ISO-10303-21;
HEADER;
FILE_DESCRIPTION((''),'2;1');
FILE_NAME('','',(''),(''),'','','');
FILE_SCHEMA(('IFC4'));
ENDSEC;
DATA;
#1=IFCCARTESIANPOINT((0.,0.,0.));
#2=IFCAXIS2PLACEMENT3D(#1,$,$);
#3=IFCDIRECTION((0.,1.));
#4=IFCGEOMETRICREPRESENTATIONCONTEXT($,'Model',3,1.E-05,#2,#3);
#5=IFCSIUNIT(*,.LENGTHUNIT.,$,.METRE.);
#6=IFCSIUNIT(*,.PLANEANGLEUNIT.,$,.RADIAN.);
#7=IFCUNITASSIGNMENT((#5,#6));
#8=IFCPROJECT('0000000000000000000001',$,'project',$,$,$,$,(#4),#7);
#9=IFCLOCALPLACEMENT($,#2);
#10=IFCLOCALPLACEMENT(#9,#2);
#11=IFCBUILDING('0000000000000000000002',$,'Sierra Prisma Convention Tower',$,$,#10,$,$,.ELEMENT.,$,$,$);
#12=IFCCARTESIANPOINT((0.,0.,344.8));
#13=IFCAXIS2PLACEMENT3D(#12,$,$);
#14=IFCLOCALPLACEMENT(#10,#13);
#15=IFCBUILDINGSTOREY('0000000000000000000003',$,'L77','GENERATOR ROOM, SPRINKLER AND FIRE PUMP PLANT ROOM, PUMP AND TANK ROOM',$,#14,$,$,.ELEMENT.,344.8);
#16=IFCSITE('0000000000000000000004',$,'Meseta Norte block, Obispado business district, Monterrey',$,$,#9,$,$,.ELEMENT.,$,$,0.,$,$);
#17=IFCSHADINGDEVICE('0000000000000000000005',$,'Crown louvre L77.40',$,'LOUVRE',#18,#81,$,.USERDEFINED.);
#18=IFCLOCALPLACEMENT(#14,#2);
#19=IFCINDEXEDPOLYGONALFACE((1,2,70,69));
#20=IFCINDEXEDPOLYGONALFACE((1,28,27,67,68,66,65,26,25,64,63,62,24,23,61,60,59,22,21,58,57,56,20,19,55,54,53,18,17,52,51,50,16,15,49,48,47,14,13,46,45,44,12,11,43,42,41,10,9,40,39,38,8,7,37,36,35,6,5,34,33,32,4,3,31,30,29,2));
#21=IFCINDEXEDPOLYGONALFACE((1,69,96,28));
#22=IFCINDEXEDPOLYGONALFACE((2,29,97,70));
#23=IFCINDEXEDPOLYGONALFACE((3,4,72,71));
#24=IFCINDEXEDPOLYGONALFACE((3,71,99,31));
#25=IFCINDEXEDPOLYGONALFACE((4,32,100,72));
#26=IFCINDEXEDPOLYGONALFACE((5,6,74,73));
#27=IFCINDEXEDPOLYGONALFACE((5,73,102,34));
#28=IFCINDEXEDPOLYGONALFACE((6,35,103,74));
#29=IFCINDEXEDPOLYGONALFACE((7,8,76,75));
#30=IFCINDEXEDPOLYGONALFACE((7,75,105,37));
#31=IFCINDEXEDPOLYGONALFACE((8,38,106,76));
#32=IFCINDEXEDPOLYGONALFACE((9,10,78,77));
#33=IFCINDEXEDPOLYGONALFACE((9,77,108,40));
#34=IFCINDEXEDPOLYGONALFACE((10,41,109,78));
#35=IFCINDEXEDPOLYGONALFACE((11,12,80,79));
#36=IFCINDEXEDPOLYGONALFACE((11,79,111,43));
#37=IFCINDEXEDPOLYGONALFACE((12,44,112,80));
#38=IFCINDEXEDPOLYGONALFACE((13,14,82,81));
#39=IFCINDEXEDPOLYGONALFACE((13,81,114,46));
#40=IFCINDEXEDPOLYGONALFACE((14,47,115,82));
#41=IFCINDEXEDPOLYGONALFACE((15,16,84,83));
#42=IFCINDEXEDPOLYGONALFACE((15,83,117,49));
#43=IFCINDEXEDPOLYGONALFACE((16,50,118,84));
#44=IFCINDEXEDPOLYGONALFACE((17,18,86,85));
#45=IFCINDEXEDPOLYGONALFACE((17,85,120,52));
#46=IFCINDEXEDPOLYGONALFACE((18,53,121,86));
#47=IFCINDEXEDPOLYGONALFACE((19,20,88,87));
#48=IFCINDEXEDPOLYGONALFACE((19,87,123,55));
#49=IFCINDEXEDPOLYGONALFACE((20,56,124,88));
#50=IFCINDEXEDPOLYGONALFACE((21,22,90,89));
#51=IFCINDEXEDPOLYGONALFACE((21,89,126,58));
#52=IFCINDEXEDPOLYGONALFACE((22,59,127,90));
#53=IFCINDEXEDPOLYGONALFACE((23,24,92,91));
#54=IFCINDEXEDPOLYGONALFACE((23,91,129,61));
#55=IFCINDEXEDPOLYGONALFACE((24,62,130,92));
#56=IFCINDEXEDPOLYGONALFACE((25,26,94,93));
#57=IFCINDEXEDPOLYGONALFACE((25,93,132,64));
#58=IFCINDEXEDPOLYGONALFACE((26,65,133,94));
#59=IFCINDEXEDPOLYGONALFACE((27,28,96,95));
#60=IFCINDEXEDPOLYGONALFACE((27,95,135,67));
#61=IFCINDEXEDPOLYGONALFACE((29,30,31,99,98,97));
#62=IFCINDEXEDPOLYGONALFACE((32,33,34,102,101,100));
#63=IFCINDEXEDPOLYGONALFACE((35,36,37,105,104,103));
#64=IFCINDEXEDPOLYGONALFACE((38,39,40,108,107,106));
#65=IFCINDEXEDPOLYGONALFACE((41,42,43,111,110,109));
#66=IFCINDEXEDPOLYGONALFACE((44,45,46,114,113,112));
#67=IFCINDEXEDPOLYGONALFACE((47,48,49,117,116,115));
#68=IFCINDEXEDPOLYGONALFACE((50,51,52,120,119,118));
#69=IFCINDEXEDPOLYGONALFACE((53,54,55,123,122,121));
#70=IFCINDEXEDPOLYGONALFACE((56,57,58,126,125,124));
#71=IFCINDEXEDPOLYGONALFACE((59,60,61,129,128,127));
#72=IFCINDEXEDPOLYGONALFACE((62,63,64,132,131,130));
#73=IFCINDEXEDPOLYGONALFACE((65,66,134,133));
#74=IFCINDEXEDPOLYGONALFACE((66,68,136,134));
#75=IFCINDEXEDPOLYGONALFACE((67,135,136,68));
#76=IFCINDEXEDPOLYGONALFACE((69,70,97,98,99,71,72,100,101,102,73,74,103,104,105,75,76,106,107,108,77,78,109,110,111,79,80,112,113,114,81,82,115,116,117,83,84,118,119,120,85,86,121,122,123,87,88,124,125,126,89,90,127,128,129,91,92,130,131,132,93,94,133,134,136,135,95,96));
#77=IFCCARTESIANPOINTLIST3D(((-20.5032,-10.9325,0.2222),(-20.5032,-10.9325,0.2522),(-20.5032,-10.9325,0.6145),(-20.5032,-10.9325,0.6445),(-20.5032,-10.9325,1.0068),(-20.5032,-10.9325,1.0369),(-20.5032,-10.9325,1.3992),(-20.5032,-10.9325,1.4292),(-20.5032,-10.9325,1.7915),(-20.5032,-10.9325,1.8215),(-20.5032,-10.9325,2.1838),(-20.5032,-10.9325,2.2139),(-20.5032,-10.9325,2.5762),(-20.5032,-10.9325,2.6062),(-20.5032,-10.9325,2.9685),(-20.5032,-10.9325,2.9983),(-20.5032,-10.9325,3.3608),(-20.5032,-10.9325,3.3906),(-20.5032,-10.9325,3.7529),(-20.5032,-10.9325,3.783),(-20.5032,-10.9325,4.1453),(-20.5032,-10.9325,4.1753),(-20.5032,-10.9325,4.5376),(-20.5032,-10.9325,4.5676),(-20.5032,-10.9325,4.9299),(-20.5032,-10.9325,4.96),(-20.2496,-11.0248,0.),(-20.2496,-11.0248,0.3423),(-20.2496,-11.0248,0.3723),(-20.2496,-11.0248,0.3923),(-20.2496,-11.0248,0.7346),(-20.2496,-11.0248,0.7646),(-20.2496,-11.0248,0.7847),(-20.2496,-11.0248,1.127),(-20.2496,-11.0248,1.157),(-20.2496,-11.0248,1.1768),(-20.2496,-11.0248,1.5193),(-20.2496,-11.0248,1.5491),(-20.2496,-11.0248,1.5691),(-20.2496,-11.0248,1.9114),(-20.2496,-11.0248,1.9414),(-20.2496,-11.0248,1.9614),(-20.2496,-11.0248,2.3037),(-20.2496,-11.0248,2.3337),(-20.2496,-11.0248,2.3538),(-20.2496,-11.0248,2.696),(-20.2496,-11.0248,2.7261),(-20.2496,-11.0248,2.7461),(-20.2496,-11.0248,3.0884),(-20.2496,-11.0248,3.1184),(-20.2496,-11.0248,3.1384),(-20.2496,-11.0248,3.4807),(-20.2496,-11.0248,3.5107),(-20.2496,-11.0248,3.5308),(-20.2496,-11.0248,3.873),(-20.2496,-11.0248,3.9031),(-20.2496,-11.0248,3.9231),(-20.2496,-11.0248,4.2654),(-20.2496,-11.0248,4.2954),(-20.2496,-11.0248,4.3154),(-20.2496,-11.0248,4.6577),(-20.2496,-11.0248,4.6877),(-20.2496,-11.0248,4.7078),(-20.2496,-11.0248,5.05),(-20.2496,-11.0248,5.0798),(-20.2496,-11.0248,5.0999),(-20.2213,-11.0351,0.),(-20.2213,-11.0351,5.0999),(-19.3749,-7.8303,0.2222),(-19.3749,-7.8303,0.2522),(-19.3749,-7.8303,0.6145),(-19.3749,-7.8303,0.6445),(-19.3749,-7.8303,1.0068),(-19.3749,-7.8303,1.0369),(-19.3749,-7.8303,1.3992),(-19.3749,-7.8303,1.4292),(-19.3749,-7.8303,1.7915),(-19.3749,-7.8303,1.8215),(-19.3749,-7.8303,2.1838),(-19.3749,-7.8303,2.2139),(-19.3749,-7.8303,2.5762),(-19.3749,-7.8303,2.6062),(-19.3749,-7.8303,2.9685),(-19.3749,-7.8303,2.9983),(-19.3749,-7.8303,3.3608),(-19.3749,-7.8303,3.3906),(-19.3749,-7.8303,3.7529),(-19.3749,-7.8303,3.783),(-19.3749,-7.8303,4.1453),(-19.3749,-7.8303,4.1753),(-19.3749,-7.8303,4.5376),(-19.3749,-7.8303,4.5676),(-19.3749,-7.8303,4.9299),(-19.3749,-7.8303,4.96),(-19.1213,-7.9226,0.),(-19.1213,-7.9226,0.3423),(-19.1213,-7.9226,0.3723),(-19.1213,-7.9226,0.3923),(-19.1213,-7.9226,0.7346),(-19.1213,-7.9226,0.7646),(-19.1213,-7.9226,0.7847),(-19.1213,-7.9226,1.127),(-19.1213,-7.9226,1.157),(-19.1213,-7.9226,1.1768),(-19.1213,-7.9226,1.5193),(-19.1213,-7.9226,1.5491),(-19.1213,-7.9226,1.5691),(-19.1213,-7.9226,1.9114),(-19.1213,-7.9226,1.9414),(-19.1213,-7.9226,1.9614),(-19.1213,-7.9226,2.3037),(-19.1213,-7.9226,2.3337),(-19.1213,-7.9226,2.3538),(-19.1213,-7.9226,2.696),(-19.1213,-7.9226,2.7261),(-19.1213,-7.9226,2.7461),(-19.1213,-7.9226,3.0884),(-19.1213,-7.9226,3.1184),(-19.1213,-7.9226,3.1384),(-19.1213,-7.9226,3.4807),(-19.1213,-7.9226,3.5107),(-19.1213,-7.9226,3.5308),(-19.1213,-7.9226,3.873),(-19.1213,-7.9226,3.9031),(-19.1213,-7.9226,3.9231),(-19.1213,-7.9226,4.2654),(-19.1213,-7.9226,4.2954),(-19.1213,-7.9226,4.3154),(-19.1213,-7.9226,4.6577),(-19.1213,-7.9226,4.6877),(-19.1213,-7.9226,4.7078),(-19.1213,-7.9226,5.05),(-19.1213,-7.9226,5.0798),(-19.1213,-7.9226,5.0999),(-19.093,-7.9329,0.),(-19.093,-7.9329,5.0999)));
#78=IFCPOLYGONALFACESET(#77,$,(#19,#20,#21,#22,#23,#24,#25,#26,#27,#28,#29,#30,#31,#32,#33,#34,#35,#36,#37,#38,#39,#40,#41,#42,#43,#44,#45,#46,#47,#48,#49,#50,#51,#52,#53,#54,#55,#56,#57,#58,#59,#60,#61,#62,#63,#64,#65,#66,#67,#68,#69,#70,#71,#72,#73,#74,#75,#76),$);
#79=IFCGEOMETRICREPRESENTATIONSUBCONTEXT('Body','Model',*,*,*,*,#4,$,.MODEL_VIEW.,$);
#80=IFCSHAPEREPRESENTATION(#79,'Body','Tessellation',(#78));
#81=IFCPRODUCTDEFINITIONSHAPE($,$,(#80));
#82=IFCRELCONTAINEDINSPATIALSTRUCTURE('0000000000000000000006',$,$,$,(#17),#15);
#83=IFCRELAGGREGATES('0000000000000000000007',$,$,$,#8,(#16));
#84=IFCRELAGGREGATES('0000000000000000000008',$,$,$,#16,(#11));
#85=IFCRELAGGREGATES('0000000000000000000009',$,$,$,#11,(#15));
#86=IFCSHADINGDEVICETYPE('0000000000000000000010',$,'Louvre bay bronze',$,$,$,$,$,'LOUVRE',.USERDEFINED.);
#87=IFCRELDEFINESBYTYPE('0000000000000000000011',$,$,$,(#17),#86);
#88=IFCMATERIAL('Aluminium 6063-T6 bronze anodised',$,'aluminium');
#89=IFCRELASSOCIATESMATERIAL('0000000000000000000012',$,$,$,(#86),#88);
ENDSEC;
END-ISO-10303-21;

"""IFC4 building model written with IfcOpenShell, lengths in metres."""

from ifc_helpers import new_model, si_unit, direction, frame, origin, place, context, subcontext, project, spatial, polyline, outline, extrude, material, type_object, element, save


model = new_model("IFC4")

# Units and contexts
model_context = context("Model", 3, precision=1e-05, world=origin(), true_north=direction((0.0, 1.0)))
body_context = subcontext(model_context, "Body", "Model", "MODEL_VIEW")
ifc_project = project(units=[si_unit("LENGTHUNIT", "METRE"), si_unit("PLANEANGLEUNIT", "RADIAN")], contexts=[model_context])

# Site, building, storey
site_placement = place(None, origin())
site = spatial("IfcSite", under=ifc_project, at=site_placement, Name="Meseta Norte block, Obispado business district, Monterrey", CompositionType="ELEMENT", RefElevation=0.0)
building_placement = place(site_placement, origin())
building = spatial("IfcBuilding", under=site, at=building_placement, Name="Sierra Prisma Convention Tower", CompositionType="ELEMENT")
storey_placement = place(building_placement, frame((0.0, 0.0, 344.8)))
storey = spatial("IfcBuildingStorey", under=building, at=storey_placement, Name="L77", Description="GENERATOR ROOM, SPRINKLER AND FIRE PUMP PLANT ROOM, PUMP AND TANK ROOM", CompositionType="ELEMENT", Elevation=344.8)

# Shading device
ifc_material_1 = material(Name="Aluminium 6063-T6 bronze anodised", Category="aluminium")
shading_device_type = type_object("IfcShadingDeviceType", Name="Louvre bay bronze", ElementType="LOUVRE", PredefinedType="USERDEFINED", material=ifc_material_1)
shading_device_1_placement = place(storey_placement, frame((-19.093, -7.9329, 0.0), z_axis=(0.341797, 0.939774, 0.0), x_axis=(0.0, 0.0, 1.0)))
element("IfcShadingDevice", 1, at=shading_device_1_placement, inside=storey, type_object=shading_device_type, Name="Crown louvre L77.40", ObjectType="LOUVRE", PredefinedType="USERDEFINED", context=body_context, shape_type="SweptSolid", body=[
    extrude(outline(polyline([(0.0, 0.0), (5.0999, 0.0), (5.0999, -0.0301), (5.0798, -0.0301), (4.96, -0.3), (4.9299, -0.3), (5.05, -0.0301), (4.7078, -0.0301), (4.6877, -0.0301), (4.5676, -0.3), (4.5376, -0.3), (4.6577, -0.0301), (4.3154, -0.0301), (4.2954, -0.0301), (4.1753, -0.3), (4.1453, -0.3), (4.2654, -0.0301), (3.9231, -0.0301), (3.9031, -0.0301), (3.783, -0.3), (3.7529, -0.3), (3.873, -0.0301), (3.5308, -0.0301), (3.5107, -0.0301), (3.3906, -0.3), (3.3608, -0.3), (3.4807, -0.0301), (3.1384, -0.0301), (3.1184, -0.0301), (2.9983, -0.3), (2.9685, -0.3), (3.0884, -0.0301), (2.7461, -0.0301), (2.7261, -0.0301), (2.6062, -0.3), (2.5762, -0.3), (2.696, -0.0301), (2.3538, -0.0301), (2.3337, -0.0301), (2.2139, -0.3), (2.1838, -0.3), (2.3037, -0.0301), (1.9614, -0.0301), (1.9414, -0.0301), (1.8215, -0.3), (1.7915, -0.3), (1.9114, -0.0301), (1.5691, -0.0301), (1.5491, -0.0301), (1.4292, -0.3), (1.3992, -0.3), (1.5193, -0.0301), (1.1768, -0.0301), (1.157, -0.0301), (1.0369, -0.3), (1.0068, -0.3), (1.127, -0.0301), (0.7847, -0.0301), (0.7646, -0.0301), (0.6445, -0.3), (0.6145, -0.3), (0.7346, -0.0301), (0.3923, -0.0301), (0.3723, -0.0301), (0.2522, -0.3), (0.2222, -0.3), (0.3423, -0.0301), (0.0, -0.0301), (0.0, 0.0)])), origin(), (0.0, 0.0, -1.0), 3.301),
])

save(model, "model.ifc")
